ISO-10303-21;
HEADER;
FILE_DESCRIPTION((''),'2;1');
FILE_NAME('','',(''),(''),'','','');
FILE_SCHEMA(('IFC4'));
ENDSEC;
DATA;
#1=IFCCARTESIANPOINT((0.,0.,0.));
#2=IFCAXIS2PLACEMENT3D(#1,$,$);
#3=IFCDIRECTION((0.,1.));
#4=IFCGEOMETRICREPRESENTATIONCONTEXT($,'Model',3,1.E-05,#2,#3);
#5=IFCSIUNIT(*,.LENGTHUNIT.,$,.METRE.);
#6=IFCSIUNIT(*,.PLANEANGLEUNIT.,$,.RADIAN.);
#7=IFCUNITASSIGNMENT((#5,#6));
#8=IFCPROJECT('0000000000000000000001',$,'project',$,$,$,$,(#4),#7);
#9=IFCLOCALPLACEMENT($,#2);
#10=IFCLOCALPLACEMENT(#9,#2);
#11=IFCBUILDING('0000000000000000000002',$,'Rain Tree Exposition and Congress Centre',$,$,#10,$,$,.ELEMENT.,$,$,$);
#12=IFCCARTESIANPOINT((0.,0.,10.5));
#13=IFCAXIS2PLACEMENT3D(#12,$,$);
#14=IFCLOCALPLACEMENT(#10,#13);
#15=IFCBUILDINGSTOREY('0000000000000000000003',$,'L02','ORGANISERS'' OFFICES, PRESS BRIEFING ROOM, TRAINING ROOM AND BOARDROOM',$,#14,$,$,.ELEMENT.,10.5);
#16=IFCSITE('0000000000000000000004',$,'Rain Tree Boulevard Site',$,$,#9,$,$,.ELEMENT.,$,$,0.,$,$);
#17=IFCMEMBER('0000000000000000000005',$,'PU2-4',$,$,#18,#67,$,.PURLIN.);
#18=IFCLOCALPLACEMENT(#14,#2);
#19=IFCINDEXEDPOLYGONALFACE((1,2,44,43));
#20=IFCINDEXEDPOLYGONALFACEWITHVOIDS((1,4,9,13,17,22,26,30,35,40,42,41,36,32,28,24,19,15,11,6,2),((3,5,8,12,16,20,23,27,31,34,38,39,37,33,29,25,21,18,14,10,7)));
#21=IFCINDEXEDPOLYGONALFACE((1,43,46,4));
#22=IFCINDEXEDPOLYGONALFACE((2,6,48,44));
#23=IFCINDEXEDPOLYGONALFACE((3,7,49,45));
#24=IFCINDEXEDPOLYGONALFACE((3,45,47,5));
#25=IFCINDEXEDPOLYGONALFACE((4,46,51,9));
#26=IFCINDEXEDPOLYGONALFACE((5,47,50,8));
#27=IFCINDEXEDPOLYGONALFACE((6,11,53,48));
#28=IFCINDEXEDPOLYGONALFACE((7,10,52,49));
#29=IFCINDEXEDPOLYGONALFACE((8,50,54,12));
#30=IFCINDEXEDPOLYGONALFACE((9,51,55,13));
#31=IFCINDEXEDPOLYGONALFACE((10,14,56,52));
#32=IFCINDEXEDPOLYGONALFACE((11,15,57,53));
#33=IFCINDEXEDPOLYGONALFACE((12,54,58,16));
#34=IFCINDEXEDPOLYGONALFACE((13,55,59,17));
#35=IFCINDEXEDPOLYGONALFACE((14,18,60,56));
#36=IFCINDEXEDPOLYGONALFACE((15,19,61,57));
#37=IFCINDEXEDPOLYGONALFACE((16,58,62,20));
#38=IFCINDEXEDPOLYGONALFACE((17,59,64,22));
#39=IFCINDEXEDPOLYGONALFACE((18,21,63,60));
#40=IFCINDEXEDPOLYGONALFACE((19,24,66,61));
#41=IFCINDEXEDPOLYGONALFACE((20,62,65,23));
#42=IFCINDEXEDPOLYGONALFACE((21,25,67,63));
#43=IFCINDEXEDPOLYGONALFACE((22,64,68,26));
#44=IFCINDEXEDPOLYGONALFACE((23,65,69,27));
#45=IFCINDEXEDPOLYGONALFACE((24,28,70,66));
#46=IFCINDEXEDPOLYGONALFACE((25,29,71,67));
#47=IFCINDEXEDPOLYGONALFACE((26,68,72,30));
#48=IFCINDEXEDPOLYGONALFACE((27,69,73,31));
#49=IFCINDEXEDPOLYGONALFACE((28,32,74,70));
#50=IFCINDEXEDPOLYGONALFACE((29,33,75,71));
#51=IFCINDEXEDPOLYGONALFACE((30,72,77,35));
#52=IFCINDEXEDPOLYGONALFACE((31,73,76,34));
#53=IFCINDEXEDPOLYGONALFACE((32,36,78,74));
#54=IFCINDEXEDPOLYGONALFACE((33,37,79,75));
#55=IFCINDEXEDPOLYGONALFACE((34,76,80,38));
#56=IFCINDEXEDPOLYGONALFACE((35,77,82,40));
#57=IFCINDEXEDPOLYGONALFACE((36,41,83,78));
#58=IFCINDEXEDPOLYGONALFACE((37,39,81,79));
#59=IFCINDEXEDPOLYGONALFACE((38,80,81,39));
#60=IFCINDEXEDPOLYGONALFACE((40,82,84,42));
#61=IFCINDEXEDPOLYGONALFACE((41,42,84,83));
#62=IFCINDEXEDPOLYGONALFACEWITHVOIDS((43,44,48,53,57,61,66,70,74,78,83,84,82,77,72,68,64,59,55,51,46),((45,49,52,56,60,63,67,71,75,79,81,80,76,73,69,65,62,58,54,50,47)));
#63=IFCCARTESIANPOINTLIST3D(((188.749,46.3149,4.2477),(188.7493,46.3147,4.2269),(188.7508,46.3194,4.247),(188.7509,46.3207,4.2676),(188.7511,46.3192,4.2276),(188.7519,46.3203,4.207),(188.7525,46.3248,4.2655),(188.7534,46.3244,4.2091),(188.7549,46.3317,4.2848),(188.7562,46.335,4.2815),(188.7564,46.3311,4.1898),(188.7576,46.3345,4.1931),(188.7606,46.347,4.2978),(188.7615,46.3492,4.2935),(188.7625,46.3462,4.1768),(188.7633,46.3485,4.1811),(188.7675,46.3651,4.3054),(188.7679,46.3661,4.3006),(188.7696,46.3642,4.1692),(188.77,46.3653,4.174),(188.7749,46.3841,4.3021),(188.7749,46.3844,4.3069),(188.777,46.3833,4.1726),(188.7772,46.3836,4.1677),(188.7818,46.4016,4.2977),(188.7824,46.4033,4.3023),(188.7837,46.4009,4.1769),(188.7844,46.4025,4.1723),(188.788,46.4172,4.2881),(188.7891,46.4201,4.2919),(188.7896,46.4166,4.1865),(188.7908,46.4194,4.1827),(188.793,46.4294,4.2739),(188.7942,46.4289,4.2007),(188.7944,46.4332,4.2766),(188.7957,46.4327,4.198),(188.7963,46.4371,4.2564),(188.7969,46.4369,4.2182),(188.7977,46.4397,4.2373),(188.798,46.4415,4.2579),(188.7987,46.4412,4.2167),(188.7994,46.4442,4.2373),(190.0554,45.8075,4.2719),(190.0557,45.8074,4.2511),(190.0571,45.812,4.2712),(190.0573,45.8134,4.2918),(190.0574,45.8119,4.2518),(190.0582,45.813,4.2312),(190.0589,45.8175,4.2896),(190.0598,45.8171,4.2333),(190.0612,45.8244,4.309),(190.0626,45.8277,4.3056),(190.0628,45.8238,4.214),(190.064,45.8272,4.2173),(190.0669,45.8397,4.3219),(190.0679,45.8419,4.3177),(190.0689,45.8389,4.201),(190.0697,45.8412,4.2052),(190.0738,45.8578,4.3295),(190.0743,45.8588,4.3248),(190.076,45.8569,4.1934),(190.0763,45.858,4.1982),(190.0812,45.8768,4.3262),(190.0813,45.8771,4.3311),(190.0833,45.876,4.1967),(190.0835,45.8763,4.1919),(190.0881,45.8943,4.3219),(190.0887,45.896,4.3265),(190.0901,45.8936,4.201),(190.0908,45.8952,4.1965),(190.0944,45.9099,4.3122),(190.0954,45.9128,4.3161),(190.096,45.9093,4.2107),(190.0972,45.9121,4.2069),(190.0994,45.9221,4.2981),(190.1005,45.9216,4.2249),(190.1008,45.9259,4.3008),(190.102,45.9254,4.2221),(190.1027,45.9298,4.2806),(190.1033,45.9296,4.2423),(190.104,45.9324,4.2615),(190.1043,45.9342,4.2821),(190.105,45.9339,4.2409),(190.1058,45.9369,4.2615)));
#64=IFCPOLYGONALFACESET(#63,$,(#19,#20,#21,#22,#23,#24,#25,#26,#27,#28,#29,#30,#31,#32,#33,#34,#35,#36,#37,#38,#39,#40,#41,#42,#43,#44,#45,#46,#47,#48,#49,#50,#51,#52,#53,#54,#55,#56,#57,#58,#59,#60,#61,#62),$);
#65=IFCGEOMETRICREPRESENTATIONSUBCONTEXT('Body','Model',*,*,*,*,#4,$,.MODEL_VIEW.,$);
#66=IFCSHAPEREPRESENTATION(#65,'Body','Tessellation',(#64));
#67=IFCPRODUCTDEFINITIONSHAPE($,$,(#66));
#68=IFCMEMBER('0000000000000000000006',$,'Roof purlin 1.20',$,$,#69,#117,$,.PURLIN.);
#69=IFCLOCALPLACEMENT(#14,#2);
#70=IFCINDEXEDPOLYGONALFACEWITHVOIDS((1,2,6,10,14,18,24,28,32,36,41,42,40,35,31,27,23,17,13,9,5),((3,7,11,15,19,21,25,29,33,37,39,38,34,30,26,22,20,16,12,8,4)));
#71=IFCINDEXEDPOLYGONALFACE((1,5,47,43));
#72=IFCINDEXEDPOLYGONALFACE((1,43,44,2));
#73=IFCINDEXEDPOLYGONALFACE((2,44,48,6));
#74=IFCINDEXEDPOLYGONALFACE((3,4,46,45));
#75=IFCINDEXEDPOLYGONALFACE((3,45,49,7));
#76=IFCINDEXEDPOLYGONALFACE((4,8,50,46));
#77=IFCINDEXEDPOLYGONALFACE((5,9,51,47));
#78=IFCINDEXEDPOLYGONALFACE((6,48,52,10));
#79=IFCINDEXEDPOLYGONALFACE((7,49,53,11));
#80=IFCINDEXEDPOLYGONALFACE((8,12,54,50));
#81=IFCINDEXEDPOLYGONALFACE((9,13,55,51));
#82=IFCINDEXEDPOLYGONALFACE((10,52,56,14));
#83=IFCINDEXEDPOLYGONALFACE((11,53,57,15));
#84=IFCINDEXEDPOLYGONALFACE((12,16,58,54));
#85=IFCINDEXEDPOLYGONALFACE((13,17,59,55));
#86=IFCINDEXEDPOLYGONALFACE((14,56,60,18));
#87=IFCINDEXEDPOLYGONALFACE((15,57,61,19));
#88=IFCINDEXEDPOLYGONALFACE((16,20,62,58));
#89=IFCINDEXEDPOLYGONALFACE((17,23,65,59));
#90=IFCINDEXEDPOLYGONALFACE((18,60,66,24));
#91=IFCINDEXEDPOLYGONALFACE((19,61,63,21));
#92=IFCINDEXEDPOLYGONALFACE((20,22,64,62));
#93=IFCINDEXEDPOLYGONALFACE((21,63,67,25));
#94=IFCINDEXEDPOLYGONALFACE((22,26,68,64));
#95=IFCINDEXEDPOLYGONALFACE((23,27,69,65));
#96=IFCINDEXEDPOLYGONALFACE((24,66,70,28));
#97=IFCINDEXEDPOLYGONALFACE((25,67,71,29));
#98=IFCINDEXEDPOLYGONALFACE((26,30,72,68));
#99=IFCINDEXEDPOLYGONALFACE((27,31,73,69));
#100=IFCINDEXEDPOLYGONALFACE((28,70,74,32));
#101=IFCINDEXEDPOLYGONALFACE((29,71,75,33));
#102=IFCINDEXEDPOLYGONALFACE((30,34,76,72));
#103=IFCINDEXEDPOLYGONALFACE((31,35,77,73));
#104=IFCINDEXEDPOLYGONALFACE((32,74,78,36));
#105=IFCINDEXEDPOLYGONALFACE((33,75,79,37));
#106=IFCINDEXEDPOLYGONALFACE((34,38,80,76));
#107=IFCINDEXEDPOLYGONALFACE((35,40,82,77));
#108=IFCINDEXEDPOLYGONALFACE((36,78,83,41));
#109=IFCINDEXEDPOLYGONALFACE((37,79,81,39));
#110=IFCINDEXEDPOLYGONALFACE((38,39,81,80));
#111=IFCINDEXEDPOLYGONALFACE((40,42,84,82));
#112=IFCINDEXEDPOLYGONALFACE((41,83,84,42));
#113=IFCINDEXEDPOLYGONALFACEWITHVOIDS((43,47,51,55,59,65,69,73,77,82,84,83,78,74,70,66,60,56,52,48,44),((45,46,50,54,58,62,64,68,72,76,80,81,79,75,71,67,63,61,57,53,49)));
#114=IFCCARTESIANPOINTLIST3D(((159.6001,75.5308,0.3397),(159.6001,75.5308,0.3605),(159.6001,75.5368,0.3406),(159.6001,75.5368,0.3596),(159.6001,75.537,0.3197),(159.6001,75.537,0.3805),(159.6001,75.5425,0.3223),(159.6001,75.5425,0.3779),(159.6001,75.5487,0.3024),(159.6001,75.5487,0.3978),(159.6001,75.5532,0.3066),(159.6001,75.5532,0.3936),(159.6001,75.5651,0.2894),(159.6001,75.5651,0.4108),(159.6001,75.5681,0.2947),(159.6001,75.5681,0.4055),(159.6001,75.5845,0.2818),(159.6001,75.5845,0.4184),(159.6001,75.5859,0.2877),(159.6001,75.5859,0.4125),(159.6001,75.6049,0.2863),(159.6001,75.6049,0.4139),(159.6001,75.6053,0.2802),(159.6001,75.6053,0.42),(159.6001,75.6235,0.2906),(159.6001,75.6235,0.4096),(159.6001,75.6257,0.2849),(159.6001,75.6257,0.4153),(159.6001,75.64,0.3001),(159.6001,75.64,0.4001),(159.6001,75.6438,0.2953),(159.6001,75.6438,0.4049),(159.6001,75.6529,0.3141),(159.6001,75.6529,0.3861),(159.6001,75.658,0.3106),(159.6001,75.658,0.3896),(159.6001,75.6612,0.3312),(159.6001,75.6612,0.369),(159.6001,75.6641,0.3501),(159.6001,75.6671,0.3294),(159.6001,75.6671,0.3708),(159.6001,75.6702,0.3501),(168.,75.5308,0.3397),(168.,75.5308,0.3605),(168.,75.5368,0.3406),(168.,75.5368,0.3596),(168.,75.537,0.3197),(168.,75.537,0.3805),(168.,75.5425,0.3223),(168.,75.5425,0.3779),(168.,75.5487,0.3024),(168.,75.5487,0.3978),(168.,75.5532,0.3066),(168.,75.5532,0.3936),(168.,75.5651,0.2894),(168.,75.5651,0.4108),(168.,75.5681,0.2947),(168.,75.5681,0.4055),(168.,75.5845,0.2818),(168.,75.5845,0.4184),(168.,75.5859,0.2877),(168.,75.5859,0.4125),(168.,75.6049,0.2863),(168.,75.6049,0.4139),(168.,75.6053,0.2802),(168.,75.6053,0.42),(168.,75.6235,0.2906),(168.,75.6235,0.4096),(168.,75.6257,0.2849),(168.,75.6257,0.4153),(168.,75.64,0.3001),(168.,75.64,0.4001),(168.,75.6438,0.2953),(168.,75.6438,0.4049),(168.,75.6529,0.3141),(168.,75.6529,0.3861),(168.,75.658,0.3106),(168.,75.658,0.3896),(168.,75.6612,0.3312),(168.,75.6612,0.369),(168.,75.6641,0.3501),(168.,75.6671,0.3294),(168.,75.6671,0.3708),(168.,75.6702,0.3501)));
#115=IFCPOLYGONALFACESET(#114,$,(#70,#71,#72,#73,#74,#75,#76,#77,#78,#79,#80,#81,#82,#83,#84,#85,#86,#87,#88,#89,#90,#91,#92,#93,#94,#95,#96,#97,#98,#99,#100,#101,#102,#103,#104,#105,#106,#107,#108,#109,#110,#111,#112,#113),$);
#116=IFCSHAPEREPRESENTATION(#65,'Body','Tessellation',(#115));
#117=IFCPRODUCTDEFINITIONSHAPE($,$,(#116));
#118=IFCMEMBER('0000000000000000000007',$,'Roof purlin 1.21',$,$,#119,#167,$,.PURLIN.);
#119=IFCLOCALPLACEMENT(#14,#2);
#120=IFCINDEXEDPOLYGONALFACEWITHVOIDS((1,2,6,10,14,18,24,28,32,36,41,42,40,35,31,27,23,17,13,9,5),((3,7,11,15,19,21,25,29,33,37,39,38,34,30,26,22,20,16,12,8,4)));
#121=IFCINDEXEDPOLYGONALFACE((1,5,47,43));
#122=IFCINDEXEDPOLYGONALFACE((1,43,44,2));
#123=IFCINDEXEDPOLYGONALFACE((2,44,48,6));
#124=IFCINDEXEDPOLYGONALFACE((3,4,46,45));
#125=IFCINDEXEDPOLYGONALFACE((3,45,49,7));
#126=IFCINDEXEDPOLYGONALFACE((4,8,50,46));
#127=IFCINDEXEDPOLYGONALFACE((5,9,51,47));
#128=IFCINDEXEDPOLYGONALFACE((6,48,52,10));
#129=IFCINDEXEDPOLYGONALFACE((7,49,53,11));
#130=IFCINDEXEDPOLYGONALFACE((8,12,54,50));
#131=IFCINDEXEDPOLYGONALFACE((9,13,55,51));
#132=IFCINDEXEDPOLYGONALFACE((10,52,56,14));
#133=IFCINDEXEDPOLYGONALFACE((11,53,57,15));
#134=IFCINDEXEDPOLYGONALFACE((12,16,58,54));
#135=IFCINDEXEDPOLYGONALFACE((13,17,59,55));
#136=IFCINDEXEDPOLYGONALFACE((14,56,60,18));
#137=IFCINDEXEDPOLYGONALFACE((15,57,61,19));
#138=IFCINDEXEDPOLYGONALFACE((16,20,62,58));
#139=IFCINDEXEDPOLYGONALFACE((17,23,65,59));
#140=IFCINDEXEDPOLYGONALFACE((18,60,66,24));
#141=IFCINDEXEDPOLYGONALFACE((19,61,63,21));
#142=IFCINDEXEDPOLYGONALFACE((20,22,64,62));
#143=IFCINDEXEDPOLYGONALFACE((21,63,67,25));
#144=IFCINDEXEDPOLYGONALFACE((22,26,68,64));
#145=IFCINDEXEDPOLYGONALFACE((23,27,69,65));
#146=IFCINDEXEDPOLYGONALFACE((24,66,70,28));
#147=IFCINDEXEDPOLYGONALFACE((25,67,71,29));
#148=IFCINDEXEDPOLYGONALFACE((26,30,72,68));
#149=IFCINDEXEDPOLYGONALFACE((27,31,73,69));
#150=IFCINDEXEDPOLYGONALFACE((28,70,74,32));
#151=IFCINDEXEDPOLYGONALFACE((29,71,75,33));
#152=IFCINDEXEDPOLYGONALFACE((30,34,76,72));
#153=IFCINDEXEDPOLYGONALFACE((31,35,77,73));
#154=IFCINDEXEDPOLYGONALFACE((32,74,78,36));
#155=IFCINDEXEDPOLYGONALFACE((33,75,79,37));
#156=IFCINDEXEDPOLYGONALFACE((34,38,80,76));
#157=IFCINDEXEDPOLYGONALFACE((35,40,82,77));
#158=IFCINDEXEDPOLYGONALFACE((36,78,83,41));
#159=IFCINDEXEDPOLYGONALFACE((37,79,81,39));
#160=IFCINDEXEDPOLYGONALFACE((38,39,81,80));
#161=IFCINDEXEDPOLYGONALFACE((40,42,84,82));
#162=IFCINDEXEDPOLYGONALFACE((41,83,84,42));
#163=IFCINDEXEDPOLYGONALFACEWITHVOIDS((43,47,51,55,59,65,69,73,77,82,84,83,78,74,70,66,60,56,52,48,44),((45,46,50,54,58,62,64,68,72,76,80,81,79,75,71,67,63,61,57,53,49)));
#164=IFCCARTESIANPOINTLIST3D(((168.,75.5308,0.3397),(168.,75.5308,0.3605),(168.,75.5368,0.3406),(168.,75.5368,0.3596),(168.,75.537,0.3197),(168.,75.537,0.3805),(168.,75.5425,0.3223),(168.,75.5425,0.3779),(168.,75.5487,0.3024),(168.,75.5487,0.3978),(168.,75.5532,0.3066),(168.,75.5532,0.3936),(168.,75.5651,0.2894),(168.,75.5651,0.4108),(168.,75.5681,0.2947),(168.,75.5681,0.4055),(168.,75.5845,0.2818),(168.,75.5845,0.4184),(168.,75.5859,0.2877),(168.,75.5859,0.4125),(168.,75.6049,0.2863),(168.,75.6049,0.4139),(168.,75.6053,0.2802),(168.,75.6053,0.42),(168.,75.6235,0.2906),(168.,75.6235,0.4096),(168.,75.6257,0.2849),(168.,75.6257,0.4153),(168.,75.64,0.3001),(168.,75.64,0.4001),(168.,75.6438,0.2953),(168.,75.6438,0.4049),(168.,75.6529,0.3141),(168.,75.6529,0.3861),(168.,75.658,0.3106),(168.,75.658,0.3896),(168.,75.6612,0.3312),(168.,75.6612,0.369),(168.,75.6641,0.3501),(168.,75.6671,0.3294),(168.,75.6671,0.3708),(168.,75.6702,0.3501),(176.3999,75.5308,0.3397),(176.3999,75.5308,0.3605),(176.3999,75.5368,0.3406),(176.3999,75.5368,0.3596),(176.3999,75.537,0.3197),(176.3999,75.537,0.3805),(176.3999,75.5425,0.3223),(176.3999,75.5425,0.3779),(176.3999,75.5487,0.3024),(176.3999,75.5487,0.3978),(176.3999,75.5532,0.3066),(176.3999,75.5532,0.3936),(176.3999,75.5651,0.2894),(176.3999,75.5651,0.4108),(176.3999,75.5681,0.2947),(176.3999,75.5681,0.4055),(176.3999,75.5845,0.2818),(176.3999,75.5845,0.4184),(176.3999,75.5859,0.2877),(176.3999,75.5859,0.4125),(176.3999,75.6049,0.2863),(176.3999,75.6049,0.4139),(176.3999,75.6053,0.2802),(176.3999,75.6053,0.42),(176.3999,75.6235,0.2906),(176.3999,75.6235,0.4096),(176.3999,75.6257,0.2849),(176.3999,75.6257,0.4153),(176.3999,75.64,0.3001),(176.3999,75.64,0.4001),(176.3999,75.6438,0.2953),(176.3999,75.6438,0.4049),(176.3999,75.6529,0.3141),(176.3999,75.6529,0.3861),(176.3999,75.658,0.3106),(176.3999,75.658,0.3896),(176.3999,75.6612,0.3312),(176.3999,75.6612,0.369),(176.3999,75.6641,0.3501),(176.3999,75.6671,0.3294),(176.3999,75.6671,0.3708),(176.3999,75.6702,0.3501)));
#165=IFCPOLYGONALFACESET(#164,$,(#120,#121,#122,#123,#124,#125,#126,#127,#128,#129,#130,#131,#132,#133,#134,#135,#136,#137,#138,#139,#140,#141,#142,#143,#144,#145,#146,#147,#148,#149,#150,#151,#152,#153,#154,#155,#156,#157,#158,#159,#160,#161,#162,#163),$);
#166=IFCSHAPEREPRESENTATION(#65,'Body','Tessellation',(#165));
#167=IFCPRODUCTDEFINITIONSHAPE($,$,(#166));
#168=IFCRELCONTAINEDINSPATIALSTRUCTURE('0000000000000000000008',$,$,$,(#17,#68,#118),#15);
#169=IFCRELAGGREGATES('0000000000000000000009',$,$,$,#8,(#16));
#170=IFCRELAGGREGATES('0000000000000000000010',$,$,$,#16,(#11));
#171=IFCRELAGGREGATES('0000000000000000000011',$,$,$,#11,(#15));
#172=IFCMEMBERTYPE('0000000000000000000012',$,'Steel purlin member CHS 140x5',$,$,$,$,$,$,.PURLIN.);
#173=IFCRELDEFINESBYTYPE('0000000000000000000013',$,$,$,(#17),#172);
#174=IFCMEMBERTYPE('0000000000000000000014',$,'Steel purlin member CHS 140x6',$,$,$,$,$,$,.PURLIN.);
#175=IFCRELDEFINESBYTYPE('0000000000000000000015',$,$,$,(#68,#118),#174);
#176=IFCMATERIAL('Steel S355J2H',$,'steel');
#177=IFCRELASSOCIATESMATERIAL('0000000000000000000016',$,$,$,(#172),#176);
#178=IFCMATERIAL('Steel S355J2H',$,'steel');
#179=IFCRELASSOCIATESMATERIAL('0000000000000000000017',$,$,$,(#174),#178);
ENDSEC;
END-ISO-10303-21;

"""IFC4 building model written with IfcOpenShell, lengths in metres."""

from ifc_helpers import new_model, si_unit, direction, frame, origin, origin_2d, place, context, subcontext, project, spatial, hollow_circle, extrude, material, material_profile, profile_set, type_object, element, save


model = new_model("IFC4")

# Units and contexts
model_context = context("Model", 3, precision=1e-05, world=origin(), true_north=direction((0.0, 1.0)))
body_context = subcontext(model_context, "Body", "Model", "MODEL_VIEW")
ifc_project = project(units=[si_unit("LENGTHUNIT", "METRE"), si_unit("PLANEANGLEUNIT", "RADIAN")], contexts=[model_context])

# Site, building, storey
site_placement = place(None, origin())
site = spatial("IfcSite", under=ifc_project, at=site_placement, Name="Rain Tree Boulevard Site", CompositionType="ELEMENT", RefElevation=0.0)
building_placement = place(site_placement, origin())
building = spatial("IfcBuilding", under=site, at=building_placement, Name="Rain Tree Exposition and Congress Centre", CompositionType="ELEMENT")
storey_placement = place(building_placement, frame((0.0, 0.0, 10.5)))
storey = spatial("IfcBuildingStorey", under=building, at=storey_placement, Name="L02", Description="ORGANISERS' OFFICES, PRESS BRIEFING ROOM, TRAINING ROOM AND BOARDROOM", CompositionType="ELEMENT", Elevation=10.5)

# Members
ifc_material_1 = material(Name="Steel S355J2H", Category="steel")
ifc_material_profile_1 = material_profile(ifc_material_1, hollow_circle(Radius=0.0698, WallThickness=0.0049, at=origin_2d()), Name="CHS 140x5")
ifc_profile_set_1 = profile_set([ifc_material_profile_1], Name="Steel S355J2H")
member_type_1 = type_object("IfcMemberType", Name="Steel purlin member CHS 140x5", PredefinedType="PURLIN", material=ifc_profile_set_1)
member_1_placement = place(storey_placement, frame((188.7742, 46.3792, 4.2373), z_axis=(0.932039, -0.361947, 0.017244), x_axis=(0.362001, 0.932178, 0.0)))
element("IfcMember", 1, at=member_1_placement, inside=storey, type_object=member_type_1, Name="PU2-4", PredefinedType="PURLIN", context=body_context, shape_type="SweptSolid", body=[
    extrude(hollow_circle(Radius=0.0698, WallThickness=0.0049, at=origin_2d()), origin(), (0.0, 0.0, 1.0), 1.4016),
])
ifc_material_2 = material(Name="Steel S355J2H", Category="steel")
ifc_material_profile_2 = material_profile(ifc_material_2, hollow_circle(Radius=0.0701, WallThickness=0.0061, at=origin_2d()), Name="CHS 140x6")
ifc_profile_set_2 = profile_set([ifc_material_profile_2], Name="Steel S355J2H")
member_type_2 = type_object("IfcMemberType", Name="Steel purlin member CHS 140x6", PredefinedType="PURLIN", material=ifc_profile_set_2)
for number, where, z_axis, x_axis, name in (
    (2, (159.6001, 75.6001, 0.3501), (1.0, 0.0, 0.0), (0.0, 1.0, 0.0), "Roof purlin 1.20"),
    (3, (168.0, 75.6001, 0.3501), (1.0, 0.0, 0.0), (0.0, 1.0, 0.0), "Roof purlin 1.21"),
):
    element("IfcMember", number, at=place(storey_placement, frame(where, z_axis=z_axis, x_axis=x_axis)), inside=storey, type_object=member_type_2, Name=name, PredefinedType="PURLIN", context=body_context, shape_type="SweptSolid", body=[
        extrude(hollow_circle(Radius=0.0701, WallThickness=0.0061, at=origin_2d()), origin(), (0.0, 0.0, 1.0), 8.3999),
    ])

save(model, "model.ifc")
